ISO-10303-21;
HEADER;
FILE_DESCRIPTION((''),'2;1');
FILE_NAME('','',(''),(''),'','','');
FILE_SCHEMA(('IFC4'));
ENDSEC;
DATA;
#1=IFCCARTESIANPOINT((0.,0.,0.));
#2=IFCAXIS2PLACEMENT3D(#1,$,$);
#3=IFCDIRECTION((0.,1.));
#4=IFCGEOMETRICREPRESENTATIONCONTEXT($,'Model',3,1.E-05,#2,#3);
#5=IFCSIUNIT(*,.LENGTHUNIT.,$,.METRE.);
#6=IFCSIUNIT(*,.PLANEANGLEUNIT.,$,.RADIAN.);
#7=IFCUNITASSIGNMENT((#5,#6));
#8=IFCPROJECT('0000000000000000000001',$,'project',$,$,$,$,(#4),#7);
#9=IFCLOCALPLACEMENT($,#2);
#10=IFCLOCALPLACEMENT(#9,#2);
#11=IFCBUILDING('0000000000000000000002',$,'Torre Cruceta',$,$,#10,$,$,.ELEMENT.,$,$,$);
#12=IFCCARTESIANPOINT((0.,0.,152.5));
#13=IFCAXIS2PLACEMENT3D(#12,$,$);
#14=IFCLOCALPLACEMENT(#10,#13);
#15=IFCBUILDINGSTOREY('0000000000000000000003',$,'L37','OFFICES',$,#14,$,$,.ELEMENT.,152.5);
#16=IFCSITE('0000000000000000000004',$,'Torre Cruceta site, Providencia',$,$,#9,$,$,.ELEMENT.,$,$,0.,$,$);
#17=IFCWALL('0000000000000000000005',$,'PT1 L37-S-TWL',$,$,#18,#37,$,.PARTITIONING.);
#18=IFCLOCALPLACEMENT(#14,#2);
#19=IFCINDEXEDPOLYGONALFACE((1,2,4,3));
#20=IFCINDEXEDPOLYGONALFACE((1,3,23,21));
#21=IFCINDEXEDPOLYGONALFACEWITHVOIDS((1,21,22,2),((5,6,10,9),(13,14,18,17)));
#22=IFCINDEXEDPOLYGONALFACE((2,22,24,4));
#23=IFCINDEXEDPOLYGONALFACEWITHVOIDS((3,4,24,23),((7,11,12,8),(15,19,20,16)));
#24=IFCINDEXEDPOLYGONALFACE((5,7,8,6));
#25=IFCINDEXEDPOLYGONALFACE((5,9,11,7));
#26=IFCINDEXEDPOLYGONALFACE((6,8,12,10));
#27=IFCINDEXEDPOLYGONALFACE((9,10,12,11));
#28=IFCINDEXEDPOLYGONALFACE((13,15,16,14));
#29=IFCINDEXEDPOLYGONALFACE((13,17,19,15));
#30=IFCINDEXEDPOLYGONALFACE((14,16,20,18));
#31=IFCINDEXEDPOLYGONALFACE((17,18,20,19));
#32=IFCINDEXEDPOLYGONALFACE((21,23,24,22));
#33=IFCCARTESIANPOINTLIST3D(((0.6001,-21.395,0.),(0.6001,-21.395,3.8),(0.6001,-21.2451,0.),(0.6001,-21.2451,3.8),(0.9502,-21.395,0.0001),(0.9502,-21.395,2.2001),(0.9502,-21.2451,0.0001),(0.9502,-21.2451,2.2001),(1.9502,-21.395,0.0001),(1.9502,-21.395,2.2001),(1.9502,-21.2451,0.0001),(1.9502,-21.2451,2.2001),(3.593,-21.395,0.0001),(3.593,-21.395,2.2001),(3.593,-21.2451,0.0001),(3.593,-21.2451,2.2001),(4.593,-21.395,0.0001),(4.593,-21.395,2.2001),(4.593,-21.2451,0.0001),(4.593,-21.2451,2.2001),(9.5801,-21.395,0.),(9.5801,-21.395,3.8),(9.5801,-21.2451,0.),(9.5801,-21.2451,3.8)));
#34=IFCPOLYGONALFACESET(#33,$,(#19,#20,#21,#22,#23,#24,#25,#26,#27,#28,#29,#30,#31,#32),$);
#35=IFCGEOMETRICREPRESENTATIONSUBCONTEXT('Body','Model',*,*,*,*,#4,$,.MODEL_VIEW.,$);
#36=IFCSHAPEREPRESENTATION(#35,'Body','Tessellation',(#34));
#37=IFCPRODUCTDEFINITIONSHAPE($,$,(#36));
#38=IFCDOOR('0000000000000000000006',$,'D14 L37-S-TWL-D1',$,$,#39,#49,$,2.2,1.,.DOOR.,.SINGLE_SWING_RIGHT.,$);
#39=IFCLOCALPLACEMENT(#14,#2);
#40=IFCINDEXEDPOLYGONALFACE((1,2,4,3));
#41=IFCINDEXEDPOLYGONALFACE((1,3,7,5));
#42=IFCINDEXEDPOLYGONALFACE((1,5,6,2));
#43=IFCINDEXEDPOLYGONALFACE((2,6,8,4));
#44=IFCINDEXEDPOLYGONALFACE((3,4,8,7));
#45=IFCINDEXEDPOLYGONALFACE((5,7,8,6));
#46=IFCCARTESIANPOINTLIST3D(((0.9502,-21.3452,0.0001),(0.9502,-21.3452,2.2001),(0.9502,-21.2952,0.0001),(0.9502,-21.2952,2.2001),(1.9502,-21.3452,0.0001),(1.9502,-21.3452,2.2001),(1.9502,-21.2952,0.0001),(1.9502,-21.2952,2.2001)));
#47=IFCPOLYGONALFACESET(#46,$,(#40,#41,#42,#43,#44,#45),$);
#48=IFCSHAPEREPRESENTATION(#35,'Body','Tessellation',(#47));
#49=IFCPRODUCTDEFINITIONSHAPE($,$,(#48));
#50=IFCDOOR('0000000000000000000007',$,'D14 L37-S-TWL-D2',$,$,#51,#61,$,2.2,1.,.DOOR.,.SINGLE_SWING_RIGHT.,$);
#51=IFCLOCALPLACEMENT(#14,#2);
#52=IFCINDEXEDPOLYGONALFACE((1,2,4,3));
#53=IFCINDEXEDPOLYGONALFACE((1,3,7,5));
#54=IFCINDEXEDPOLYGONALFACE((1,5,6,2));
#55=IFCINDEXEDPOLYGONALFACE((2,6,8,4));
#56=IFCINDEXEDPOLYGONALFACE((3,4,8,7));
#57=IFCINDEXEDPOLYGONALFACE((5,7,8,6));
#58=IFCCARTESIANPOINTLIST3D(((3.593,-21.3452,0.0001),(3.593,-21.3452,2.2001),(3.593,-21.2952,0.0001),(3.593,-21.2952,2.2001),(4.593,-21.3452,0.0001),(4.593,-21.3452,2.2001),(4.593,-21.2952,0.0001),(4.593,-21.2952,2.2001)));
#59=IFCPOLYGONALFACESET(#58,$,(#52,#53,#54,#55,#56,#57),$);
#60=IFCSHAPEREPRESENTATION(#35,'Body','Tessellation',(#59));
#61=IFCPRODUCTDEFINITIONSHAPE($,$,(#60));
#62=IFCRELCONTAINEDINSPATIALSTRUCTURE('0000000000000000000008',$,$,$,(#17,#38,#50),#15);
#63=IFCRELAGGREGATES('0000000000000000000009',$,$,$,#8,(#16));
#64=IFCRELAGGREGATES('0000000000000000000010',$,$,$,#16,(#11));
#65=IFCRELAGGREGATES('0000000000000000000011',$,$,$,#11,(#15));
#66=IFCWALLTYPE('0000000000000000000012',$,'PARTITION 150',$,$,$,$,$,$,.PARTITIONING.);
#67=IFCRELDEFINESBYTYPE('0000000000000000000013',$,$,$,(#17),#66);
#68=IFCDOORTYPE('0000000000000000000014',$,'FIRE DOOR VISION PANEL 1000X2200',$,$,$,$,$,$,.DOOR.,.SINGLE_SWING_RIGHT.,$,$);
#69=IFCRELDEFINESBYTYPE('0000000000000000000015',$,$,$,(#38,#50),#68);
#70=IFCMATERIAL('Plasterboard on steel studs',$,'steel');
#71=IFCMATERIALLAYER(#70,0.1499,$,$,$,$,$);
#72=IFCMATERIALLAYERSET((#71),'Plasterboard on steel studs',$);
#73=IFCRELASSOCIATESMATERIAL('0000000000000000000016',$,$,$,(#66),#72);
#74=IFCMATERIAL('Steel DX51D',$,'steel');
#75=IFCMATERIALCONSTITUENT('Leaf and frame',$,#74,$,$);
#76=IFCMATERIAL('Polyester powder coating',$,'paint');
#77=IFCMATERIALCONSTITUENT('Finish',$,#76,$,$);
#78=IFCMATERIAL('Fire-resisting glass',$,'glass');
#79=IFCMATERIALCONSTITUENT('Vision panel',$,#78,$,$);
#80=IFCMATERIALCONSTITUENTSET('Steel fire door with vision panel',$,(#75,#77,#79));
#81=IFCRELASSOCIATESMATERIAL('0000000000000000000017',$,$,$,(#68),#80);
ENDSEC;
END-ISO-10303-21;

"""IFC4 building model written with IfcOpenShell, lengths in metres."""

from ifc_helpers import new_model, si_unit, direction, frame, frame_2d, origin, place, context, subcontext, project, spatial, rectangle, extrude, material, layer, layer_set, constituent, constituent_set, type_object, element, fill, save


model = new_model("IFC4")

# Units and contexts
model_context = context("Model", 3, precision=1e-05, world=origin(), true_north=direction((0.0, 1.0)))
body_context = subcontext(model_context, "Body", "Model", "MODEL_VIEW")
ifc_project = project(units=[si_unit("LENGTHUNIT", "METRE"), si_unit("PLANEANGLEUNIT", "RADIAN")], contexts=[model_context])

# Site, building, storey
site_placement = place(None, origin())
site = spatial("IfcSite", under=ifc_project, at=site_placement, Name="Torre Cruceta site, Providencia", CompositionType="ELEMENT", RefElevation=0.0)
building_placement = place(site_placement, origin())
building = spatial("IfcBuilding", under=site, at=building_placement, Name="Torre Cruceta", CompositionType="ELEMENT")
storey_placement = place(building_placement, frame((0.0, 0.0, 152.5)))
storey = spatial("IfcBuildingStorey", under=building, at=storey_placement, Name="L37", Description="OFFICES", CompositionType="ELEMENT", Elevation=152.5)

# Shared definitions
ifc_material_1 = material(Name="Plasterboard on steel studs", Category="steel")
ifc_layer_1 = layer(ifc_material_1, 0.1499)
ifc_layer_set_1 = layer_set([ifc_layer_1], Name="Plasterboard on steel studs")
wall_type_1 = type_object("IfcWallType", Name="PARTITION 150", PredefinedType="PARTITIONING", material=ifc_layer_set_1)

# Wall, openings, doors
wall_1_placement = place(storey_placement, frame((0.6001, -21.3201, 0.0), z_axis=(0.0, 0.0, 1.0), x_axis=(1.0, 0.0, 0.0)))
wall_1 = element("IfcWall", 1, at=wall_1_placement, inside=storey, type_object=wall_type_1, Name="PT1 L37-S-TWL", PredefinedType="PARTITIONING", context=body_context, shape_type="SweptSolid", body=[
    extrude(rectangle(XDim=8.98, YDim=0.1499, at=frame_2d((4.49, 0.0))), origin(), (0.0, 0.0, 1.0), 3.8),
])
opening_1_placement = place(wall_1_placement, frame((0.3501, 0.0, 0.0)))
opening_1 = element("IfcOpeningElement", 2, at=opening_1_placement, cuts=wall_1, PredefinedType="OPENING", context=body_context, shape_type="SweptSolid", body=[
    extrude(rectangle(XDim=1.0, YDim=2.2, at=frame_2d((0.5, 1.1001))), frame((0.0, 0.085, 0.0), z_axis=(0.0, -1.0, 0.0), x_axis=(1.0, 0.0, 0.0)), (0.0, 0.0, 1.0), 0.1699),
])
opening_2_placement = place(wall_1_placement, frame((2.9929, 0.0, 0.0)))
opening_2 = element("IfcOpeningElement", 3, at=opening_2_placement, cuts=wall_1, PredefinedType="OPENING", context=body_context, shape_type="SweptSolid", body=[
    extrude(rectangle(XDim=1.0, YDim=2.2, at=frame_2d((0.5, 1.1001))), frame((0.0, 0.085, 0.0), z_axis=(0.0, -1.0, 0.0), x_axis=(1.0, 0.0, 0.0)), (0.0, 0.0, 1.0), 0.1699),
])
ifc_material_2 = material(Name="Steel DX51D", Category="steel")
ifc_constituent_1 = constituent(ifc_material_2, Name="Leaf and frame")
ifc_material_3 = material(Name="Polyester powder coating", Category="paint")
ifc_constituent_2 = constituent(ifc_material_3, Name="Finish")
ifc_material_4 = material(Name="Fire-resisting glass", Category="glass")
ifc_constituent_3 = constituent(ifc_material_4, Name="Vision panel")
ifc_constituent_set_1 = constituent_set(constituents=[ifc_constituent_1, ifc_constituent_2, ifc_constituent_3], Name="Steel fire door with vision panel")
door_type = type_object("IfcDoorType", Name="FIRE DOOR VISION PANEL 1000X2200", OperationType="SINGLE_SWING_RIGHT", PredefinedType="DOOR", material=ifc_constituent_set_1)
door_1_placement = place(opening_1_placement, frame((1.0, 0.0, 0.0), z_axis=(0.0, 0.0, 1.0), x_axis=(-1.0, 0.0, 0.0)))
door_1 = element("IfcDoor", 4, at=door_1_placement, inside=storey, type_object=door_type, Name="D14 L37-S-TWL-D1", OperationType="SINGLE_SWING_RIGHT", OverallHeight=2.2, OverallWidth=1.0, PredefinedType="DOOR", context=body_context, shape_type="SweptSolid", body=[
    extrude(rectangle(XDim=1.0, YDim=2.2, at=frame_2d((0.5, 1.1001))), frame((0.0, 0.0251, 0.0), z_axis=(0.0, -1.0, 0.0), x_axis=(1.0, 0.0, 0.0)), (0.0, 0.0, 1.0), 0.05),
])
fill(opening_1, door_1)
door_2_placement = place(opening_2_placement, frame((1.0, 0.0, 0.0), z_axis=(0.0, 0.0, 1.0), x_axis=(-1.0, 0.0, 0.0)))
door_2 = element("IfcDoor", 5, at=door_2_placement, inside=storey, type_object=door_type, Name="D14 L37-S-TWL-D2", OperationType="SINGLE_SWING_RIGHT", OverallHeight=2.2, OverallWidth=1.0, PredefinedType="DOOR", context=body_context, shape_type="SweptSolid", body=[
    extrude(rectangle(XDim=1.0, YDim=2.2, at=frame_2d((0.5, 1.1001))), frame((0.0, 0.0251, 0.0), z_axis=(0.0, -1.0, 0.0), x_axis=(1.0, 0.0, 0.0)), (0.0, 0.0, 1.0), 0.05),
])
fill(opening_2, door_2)

save(model, "model.ifc")
